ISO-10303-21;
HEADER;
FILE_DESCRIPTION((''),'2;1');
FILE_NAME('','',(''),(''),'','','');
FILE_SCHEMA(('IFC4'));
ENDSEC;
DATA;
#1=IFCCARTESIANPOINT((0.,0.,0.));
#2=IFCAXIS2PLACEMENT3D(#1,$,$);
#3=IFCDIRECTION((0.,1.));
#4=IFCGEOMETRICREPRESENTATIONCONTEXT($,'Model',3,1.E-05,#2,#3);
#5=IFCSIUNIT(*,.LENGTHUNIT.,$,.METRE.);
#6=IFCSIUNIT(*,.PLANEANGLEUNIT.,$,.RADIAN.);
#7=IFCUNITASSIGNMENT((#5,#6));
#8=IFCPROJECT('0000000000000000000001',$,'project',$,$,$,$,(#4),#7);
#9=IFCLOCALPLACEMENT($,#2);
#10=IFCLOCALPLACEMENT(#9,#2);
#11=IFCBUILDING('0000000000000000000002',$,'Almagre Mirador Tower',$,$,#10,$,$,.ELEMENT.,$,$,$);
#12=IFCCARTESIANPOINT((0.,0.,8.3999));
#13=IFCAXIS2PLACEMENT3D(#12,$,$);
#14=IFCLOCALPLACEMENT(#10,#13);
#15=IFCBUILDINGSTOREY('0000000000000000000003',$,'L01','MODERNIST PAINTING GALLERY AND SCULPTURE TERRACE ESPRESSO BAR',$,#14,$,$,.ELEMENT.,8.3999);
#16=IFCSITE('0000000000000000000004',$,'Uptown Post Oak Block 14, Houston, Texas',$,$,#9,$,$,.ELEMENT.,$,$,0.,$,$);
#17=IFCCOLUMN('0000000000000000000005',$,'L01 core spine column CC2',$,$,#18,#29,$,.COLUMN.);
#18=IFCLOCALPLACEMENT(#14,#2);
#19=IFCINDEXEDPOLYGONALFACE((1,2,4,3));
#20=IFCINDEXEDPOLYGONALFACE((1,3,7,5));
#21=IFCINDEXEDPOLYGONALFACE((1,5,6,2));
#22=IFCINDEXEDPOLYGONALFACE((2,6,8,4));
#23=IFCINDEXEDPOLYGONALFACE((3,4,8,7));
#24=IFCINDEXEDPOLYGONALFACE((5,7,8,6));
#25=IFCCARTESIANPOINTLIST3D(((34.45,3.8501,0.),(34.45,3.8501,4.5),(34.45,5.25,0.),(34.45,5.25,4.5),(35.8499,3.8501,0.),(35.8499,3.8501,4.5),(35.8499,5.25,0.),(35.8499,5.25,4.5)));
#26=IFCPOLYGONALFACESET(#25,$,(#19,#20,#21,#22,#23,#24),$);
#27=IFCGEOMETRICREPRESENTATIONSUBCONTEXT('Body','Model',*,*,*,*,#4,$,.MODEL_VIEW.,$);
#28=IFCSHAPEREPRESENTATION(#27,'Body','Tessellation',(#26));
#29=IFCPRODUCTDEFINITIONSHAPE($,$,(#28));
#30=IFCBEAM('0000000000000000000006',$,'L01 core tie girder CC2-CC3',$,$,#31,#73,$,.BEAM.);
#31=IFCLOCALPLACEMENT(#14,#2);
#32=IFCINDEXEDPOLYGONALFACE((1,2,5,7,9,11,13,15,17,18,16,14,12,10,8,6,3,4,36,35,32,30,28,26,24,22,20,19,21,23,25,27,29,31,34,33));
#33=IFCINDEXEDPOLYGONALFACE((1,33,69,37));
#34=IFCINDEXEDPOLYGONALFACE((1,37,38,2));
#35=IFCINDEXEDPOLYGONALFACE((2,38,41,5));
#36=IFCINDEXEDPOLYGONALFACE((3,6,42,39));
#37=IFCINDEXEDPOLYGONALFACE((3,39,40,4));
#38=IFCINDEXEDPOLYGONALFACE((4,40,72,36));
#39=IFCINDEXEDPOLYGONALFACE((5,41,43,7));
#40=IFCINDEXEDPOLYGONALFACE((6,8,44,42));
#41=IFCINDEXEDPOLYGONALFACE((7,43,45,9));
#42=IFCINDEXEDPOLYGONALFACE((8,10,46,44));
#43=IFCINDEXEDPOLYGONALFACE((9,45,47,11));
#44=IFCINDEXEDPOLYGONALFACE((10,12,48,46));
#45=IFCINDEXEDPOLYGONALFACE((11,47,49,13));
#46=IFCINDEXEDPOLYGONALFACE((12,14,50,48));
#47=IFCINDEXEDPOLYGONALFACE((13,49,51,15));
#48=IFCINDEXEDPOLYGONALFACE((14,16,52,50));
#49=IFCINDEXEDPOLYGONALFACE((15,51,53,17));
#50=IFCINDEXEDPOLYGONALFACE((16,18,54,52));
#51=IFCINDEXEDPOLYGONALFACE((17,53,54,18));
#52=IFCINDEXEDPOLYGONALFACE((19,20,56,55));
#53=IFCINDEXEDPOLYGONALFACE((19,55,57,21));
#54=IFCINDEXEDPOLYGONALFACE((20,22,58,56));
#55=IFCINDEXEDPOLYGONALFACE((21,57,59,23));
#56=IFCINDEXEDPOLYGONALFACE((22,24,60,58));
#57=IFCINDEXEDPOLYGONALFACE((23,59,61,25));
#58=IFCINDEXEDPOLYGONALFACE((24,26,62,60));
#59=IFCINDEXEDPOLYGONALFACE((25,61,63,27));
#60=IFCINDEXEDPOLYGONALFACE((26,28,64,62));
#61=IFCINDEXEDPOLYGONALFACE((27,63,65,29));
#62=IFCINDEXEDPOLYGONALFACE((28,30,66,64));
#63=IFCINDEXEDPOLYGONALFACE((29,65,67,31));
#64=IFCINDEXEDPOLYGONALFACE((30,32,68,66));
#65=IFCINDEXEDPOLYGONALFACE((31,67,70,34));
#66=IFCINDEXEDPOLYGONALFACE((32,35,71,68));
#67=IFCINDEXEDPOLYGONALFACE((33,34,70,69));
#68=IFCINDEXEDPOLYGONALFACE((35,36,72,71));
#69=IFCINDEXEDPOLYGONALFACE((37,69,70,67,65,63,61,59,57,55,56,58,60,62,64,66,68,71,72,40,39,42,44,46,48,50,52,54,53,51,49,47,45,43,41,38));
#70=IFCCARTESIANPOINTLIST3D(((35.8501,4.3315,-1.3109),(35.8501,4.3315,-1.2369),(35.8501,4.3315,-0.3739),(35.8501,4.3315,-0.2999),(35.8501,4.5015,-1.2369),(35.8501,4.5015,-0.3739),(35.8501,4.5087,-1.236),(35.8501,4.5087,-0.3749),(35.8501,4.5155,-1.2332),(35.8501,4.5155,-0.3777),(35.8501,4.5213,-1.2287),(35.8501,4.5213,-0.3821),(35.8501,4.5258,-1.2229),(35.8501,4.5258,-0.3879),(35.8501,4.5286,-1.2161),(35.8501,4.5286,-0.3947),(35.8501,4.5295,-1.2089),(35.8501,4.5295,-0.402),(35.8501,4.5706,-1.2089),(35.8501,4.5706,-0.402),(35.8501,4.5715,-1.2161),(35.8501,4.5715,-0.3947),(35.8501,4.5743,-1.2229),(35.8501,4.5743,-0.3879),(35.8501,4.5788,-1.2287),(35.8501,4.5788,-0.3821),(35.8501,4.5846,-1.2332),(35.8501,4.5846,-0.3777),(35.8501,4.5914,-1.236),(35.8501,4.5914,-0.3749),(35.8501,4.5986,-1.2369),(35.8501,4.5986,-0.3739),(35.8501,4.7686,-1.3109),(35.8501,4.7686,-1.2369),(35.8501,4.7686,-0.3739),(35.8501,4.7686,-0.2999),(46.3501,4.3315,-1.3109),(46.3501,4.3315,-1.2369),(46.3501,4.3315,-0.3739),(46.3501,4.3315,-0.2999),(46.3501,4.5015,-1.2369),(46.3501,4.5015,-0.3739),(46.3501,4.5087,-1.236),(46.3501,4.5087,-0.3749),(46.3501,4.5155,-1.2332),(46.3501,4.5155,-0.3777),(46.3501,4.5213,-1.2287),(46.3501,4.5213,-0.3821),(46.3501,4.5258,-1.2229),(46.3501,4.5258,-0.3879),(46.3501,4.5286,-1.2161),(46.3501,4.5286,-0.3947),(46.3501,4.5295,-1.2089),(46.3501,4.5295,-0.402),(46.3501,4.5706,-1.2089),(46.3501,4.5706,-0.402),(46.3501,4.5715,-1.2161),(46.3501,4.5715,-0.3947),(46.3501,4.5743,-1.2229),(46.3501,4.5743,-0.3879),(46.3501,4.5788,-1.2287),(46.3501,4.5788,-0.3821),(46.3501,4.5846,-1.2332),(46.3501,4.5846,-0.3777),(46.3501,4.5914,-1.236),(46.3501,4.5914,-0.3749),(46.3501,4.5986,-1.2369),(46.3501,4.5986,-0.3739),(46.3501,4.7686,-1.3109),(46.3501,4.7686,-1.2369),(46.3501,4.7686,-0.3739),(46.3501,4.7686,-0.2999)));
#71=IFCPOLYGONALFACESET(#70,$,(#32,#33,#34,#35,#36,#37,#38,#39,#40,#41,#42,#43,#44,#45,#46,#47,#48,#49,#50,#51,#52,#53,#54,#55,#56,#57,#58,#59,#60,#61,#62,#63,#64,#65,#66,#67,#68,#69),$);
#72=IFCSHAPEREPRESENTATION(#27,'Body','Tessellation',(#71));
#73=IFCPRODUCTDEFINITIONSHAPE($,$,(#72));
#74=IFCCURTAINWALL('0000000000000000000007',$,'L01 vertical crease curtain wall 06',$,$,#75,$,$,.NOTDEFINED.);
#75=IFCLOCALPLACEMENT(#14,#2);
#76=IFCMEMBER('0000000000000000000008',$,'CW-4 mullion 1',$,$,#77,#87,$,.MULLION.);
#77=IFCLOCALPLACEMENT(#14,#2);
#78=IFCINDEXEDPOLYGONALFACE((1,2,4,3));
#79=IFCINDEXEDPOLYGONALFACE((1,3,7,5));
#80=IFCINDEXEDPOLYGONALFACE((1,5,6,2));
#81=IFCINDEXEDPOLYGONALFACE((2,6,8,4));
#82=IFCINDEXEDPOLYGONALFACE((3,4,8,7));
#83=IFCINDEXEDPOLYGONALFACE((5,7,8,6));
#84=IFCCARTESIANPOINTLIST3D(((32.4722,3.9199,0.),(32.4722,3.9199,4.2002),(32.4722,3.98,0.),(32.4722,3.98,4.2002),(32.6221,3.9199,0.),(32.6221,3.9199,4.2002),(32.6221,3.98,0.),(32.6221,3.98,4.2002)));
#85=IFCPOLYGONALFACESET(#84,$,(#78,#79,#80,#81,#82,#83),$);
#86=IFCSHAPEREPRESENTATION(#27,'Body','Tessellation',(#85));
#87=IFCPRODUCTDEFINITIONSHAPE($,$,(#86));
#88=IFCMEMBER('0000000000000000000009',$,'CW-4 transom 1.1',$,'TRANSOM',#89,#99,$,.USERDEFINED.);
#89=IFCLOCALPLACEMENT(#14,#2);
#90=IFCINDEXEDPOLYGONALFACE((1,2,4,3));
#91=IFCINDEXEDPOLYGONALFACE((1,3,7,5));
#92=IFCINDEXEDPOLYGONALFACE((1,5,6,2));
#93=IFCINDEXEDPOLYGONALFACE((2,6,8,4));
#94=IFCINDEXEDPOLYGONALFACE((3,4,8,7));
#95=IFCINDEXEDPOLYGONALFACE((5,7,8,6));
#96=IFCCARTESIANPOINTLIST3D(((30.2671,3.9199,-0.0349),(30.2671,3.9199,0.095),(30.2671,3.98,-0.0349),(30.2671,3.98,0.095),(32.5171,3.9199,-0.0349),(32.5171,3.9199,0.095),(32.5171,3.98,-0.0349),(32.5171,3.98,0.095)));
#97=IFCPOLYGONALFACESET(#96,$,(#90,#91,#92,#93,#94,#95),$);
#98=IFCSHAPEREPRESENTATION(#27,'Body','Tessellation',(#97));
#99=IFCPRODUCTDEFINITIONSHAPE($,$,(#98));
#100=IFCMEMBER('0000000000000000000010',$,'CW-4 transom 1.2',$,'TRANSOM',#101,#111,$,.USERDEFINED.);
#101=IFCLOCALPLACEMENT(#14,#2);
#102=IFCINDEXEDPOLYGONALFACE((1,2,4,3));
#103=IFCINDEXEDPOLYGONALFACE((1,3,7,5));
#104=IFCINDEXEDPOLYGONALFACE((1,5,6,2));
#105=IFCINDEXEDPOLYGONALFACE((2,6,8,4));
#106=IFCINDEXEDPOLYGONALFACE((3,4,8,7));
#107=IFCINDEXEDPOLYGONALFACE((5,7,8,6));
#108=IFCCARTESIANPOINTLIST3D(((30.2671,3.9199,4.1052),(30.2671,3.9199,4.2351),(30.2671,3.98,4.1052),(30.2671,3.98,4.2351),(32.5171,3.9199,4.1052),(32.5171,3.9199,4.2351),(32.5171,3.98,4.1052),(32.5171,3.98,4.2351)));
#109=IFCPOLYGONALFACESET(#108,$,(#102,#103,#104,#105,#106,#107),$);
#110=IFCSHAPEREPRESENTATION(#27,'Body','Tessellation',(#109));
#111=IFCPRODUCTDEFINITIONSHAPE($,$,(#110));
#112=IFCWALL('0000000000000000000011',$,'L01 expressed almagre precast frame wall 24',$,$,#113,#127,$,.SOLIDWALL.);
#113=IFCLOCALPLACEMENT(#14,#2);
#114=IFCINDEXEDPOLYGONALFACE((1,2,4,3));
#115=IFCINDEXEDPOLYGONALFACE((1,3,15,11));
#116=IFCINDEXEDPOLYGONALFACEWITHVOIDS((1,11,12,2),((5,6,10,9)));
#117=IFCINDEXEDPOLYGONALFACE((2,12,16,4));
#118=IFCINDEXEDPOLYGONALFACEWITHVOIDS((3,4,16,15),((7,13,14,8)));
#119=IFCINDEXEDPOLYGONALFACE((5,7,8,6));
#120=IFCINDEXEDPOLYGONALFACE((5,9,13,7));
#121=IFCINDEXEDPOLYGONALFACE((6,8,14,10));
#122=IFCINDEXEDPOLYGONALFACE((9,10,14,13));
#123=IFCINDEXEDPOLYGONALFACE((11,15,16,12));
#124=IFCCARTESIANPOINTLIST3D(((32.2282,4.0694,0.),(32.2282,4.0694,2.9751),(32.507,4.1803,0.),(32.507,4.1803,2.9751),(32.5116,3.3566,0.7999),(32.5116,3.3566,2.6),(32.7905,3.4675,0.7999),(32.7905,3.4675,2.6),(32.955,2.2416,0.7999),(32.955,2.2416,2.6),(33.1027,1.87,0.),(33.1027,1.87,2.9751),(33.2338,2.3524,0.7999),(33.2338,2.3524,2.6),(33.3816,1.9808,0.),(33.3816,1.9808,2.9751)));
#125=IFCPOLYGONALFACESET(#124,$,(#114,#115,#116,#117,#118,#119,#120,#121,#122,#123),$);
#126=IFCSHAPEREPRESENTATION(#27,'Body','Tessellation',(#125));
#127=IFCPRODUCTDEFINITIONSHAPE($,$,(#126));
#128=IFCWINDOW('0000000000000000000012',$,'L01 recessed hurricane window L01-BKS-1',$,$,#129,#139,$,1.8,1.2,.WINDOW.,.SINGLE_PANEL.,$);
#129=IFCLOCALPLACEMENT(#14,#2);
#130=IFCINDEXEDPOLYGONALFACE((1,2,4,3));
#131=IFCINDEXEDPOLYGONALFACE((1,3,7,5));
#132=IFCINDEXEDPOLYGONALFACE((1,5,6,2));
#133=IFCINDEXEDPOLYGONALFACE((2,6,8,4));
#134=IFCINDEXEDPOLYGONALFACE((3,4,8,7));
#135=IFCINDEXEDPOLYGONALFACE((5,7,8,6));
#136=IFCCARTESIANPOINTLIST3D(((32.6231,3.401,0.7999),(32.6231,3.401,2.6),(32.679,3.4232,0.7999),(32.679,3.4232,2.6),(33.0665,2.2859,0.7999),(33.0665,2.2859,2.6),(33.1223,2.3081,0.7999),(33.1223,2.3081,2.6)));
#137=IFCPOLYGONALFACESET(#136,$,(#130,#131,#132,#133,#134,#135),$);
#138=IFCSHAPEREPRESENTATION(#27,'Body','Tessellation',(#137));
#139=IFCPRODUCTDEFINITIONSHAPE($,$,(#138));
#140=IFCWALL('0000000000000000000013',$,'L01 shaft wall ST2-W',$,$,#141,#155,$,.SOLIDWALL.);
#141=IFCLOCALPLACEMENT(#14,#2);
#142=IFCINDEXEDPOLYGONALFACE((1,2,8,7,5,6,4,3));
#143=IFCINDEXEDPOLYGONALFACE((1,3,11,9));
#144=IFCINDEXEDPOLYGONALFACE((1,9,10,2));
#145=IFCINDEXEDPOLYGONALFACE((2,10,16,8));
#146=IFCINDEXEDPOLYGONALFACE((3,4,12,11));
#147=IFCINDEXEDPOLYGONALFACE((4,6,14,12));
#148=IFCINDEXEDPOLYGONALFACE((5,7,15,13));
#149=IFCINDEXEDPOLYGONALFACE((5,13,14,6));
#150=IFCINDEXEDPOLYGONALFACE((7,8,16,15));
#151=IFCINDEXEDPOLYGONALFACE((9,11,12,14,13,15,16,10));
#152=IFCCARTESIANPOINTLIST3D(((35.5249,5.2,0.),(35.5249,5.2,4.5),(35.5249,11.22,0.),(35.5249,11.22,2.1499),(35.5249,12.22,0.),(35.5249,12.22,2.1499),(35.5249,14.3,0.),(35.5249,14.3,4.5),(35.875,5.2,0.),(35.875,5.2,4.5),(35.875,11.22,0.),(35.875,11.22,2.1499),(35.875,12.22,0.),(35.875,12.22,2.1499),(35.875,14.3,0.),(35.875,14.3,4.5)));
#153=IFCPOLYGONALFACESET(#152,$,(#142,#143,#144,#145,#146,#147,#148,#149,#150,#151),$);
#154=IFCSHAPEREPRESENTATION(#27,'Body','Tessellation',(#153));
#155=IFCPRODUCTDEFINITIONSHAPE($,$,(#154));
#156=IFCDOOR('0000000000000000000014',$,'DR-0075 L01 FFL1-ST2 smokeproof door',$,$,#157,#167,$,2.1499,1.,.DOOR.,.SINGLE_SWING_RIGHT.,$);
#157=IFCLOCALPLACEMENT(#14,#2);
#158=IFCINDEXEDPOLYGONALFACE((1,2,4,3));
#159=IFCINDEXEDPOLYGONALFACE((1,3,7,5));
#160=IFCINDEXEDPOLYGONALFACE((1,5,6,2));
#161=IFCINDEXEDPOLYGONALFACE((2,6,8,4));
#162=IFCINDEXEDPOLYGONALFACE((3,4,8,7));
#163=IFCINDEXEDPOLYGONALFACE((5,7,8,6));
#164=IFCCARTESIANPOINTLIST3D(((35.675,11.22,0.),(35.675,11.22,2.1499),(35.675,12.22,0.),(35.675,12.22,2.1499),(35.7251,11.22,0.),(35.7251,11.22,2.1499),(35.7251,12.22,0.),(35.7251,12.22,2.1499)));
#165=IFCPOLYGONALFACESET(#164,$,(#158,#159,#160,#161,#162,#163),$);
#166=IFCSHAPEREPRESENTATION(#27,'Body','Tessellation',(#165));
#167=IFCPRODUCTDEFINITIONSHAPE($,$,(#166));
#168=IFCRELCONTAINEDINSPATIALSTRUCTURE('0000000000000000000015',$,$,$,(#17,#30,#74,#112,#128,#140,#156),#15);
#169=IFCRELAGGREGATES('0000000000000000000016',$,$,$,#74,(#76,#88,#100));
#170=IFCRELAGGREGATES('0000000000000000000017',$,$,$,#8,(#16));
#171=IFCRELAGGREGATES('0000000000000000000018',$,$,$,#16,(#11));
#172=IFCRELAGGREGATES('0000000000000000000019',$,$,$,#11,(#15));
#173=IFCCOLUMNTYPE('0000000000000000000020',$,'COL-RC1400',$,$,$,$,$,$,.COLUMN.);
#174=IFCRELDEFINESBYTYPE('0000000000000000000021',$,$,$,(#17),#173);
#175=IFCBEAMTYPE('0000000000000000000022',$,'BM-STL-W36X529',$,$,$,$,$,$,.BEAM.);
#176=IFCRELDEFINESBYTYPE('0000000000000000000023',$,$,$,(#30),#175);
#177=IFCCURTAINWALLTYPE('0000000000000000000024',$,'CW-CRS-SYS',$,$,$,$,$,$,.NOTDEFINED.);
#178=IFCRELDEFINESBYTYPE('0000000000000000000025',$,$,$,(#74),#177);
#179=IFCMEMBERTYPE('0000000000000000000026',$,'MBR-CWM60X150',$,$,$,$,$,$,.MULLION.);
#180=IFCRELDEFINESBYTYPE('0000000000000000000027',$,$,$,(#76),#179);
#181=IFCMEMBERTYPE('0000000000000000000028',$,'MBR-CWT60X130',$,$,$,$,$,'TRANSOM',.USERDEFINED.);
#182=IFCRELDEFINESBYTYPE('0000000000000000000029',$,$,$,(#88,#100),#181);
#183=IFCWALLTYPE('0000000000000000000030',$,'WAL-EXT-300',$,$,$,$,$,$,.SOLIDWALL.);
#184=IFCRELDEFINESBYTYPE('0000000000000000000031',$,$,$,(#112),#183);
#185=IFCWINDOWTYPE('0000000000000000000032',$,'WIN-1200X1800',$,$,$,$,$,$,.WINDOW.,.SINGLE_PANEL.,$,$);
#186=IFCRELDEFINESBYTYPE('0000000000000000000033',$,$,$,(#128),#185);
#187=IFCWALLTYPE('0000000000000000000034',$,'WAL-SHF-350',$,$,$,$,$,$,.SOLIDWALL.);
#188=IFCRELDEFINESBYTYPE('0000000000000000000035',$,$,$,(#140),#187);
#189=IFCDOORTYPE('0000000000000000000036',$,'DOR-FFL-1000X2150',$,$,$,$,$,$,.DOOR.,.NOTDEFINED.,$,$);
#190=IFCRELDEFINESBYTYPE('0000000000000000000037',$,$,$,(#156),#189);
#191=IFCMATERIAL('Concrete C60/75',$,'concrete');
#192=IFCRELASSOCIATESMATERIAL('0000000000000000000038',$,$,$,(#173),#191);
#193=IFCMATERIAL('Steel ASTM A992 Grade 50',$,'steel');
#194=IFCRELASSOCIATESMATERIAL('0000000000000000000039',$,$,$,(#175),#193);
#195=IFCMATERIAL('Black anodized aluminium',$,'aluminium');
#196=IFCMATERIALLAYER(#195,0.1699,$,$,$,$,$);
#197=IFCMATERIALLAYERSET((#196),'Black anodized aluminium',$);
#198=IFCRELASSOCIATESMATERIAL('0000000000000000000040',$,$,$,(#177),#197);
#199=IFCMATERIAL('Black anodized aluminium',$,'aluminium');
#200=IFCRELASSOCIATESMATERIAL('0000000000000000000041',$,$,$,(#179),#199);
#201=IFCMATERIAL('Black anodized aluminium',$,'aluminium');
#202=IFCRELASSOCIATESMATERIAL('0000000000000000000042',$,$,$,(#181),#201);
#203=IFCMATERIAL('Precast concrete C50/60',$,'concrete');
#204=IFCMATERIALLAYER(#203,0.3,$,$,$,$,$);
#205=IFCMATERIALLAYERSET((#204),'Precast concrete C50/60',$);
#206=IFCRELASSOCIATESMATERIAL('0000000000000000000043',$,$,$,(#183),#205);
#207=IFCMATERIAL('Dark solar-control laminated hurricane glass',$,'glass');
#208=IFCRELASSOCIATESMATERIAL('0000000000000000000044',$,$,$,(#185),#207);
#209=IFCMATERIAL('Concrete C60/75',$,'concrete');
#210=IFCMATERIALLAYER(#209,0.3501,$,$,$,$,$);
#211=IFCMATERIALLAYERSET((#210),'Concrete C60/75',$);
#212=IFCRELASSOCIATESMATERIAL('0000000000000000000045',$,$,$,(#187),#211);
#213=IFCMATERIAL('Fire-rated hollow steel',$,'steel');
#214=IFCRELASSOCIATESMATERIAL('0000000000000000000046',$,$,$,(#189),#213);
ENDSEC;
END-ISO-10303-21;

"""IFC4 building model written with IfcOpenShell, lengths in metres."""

from ifc_helpers import new_model, si_unit, direction, frame, frame_2d, origin, origin_2d, place, context, subcontext, project, spatial, rectangle, i_section, extrude, material, layer, layer_set, material_profile, profile_set, type_object, element, fill, aggregate, save


model = new_model("IFC4")

# Units and contexts
model_context = context("Model", 3, precision=1e-05, world=origin(), true_north=direction((0.0, 1.0)))
body_context = subcontext(model_context, "Body", "Model", "MODEL_VIEW")
ifc_project = project(units=[si_unit("LENGTHUNIT", "METRE"), si_unit("PLANEANGLEUNIT", "RADIAN")], contexts=[model_context])

# Site, building, storey
site_placement = place(None, origin())
site = spatial("IfcSite", under=ifc_project, at=site_placement, Name="Uptown Post Oak Block 14, Houston, Texas", CompositionType="ELEMENT", RefElevation=0.0)
building_placement = place(site_placement, origin())
building = spatial("IfcBuilding", under=site, at=building_placement, Name="Almagre Mirador Tower", CompositionType="ELEMENT")
storey_placement = place(building_placement, frame((0.0, 0.0, 8.3999)))
storey = spatial("IfcBuildingStorey", under=building, at=storey_placement, Name="L01", Description="MODERNIST PAINTING GALLERY AND SCULPTURE TERRACE ESPRESSO BAR", CompositionType="ELEMENT", Elevation=8.3999)

# Column
ifc_material_1 = material(Name="Concrete C60/75", Category="concrete")
ifc_material_profile_1 = material_profile(ifc_material_1, rectangle(XDim=1.3999, YDim=1.3999, at=origin_2d()), Name="RC1400X1400")
ifc_profile_set_1 = profile_set([ifc_material_profile_1], Name="Concrete C60/75")
column_type = type_object("IfcColumnType", Name="COL-RC1400", PredefinedType="COLUMN", material=ifc_profile_set_1)
column_placement = place(storey_placement, frame((35.1499, 4.55, 0.0), z_axis=(0.0, 0.0, 1.0), x_axis=(1.0, 0.0, 0.0)))
element("IfcColumn", 1, at=column_placement, inside=storey, type_object=column_type, Name="L01 core spine column CC2", PredefinedType="COLUMN", context=body_context, shape_type="SweptSolid", body=[
    extrude(rectangle(XDim=1.3999, YDim=1.3999, at=origin_2d()), origin(), (0.0, 0.0, 1.0), 4.5),
])

# Beam
ifc_material_2 = material(Name="Steel ASTM A992 Grade 50", Category="steel")
ifc_material_profile_2 = material_profile(ifc_material_2, i_section(OverallWidth=0.437, OverallDepth=1.011, WebThickness=0.041, FlangeThickness=0.074, FilletRadius=0.0281, at=origin_2d()), Name="W36X529")
ifc_profile_set_2 = profile_set([ifc_material_profile_2], Name="Steel ASTM A992 Grade 50")
beam_type = type_object("IfcBeamType", Name="BM-STL-W36X529", PredefinedType="BEAM", material=ifc_profile_set_2)
beam_placement = place(storey_placement, frame((35.8501, 4.55, -0.8054), z_axis=(1.0, 0.0, 0.0), x_axis=(0.0, 1.0, 0.0)))
element("IfcBeam", 2, at=beam_placement, inside=storey, type_object=beam_type, Name="L01 core tie girder CC2-CC3", PredefinedType="BEAM", context=body_context, shape_type="SweptSolid", body=[
    extrude(i_section(OverallWidth=0.437, OverallDepth=1.011, WebThickness=0.041, FlangeThickness=0.074, FilletRadius=0.0281, at=origin_2d()), origin(), (0.0, 0.0, 1.0), 10.5),
])

# Curtain wall, members
ifc_material_3 = material(Name="Black anodized aluminium", Category="aluminium")
ifc_layer_1 = layer(ifc_material_3, 0.1699)
ifc_layer_set_1 = layer_set([ifc_layer_1], Name="Black anodized aluminium")
curtain_wall_type = type_object("IfcCurtainWallType", Name="CW-CRS-SYS", PredefinedType="NOTDEFINED", material=ifc_layer_set_1)
curtain_wall_placement = place(storey_placement, origin())
curtain_wall = element("IfcCurtainWall", 3, at=curtain_wall_placement, inside=storey, type_object=curtain_wall_type, Name="L01 vertical crease curtain wall 06", PredefinedType="NOTDEFINED")
ifc_material_4 = material(Name="Black anodized aluminium", Category="aluminium")
ifc_material_profile_3 = material_profile(ifc_material_4, rectangle(XDim=0.0601, YDim=0.1499, at=origin_2d()), Name="CWM60X150")
ifc_profile_set_3 = profile_set([ifc_material_profile_3], Name="Black anodized aluminium")
member_type_1 = type_object("IfcMemberType", Name="MBR-CWM60X150", PredefinedType="MULLION", material=ifc_profile_set_3)
member_1_placement = place(storey_placement, frame((32.5471, 3.95, 0.0), z_axis=(0.0, 0.0, 1.0), x_axis=(0.0, -1.0, 0.0)))
member_1 = element("IfcMember", 4, at=member_1_placement, type_object=member_type_1, Name="CW-4 mullion 1", PredefinedType="MULLION", context=body_context, shape_type="SweptSolid", body=[
    extrude(rectangle(XDim=0.0601, YDim=0.1499, at=origin_2d()), origin(), (0.0, 0.0, 1.0), 4.2002),
])
ifc_material_5 = material(Name="Black anodized aluminium", Category="aluminium")
ifc_material_profile_4 = material_profile(ifc_material_5, rectangle(XDim=0.0601, YDim=0.1299, at=origin_2d()), Name="CWT60X130")
ifc_profile_set_4 = profile_set([ifc_material_profile_4], Name="Black anodized aluminium")
member_type_2 = type_object("IfcMemberType", Name="MBR-CWT60X130", ElementType="TRANSOM", PredefinedType="USERDEFINED", material=ifc_profile_set_4)
member_2_placement = place(storey_placement, frame((32.5171, 3.95, 0.03), z_axis=(-1.0, 0.0, 0.0), x_axis=(0.0, -1.0, 0.0)))
member_2 = element("IfcMember", 5, at=member_2_placement, type_object=member_type_2, Name="CW-4 transom 1.1", ObjectType="TRANSOM", PredefinedType="USERDEFINED", context=body_context, shape_type="SweptSolid", body=[
    extrude(rectangle(XDim=0.0601, YDim=0.1299, at=origin_2d()), origin(), (0.0, 0.0, 1.0), 2.25),
])
member_3_placement = place(storey_placement, frame((32.5171, 3.95, 4.1702), z_axis=(-1.0, 0.0, 0.0), x_axis=(0.0, -1.0, 0.0)))
member_3 = element("IfcMember", 6, at=member_3_placement, type_object=member_type_2, Name="CW-4 transom 1.2", ObjectType="TRANSOM", PredefinedType="USERDEFINED", context=body_context, shape_type="SweptSolid", body=[
    extrude(rectangle(XDim=0.0601, YDim=0.1299, at=origin_2d()), origin(), (0.0, 0.0, 1.0), 2.25),
])
aggregate(curtain_wall, [member_1, member_2, member_3])

# Wall, opening, window
ifc_material_6 = material(Name="Precast concrete C50/60", Category="concrete")
ifc_layer_2 = layer(ifc_material_6, 0.3)
ifc_layer_set_2 = layer_set([ifc_layer_2], Name="Precast concrete C50/60")
wall_type_1 = type_object("IfcWallType", Name="WAL-EXT-300", PredefinedType="SOLIDWALL", material=ifc_layer_set_2)
wall_1_placement = place(storey_placement, frame((33.2422, 1.9253, 0.0), z_axis=(0.0, 0.0, 1.0), x_axis=(-0.369469, 0.929243, 0.0)))
wall_1 = element("IfcWall", 7, at=wall_1_placement, inside=storey, type_object=wall_type_1, Name="L01 expressed almagre precast frame wall 24", PredefinedType="SOLIDWALL", context=body_context, shape_type="SweptSolid", body=[
    extrude(rectangle(XDim=2.3669, YDim=0.3, at=frame_2d((1.1836, 0.0))), origin(), (0.0, 0.0, 1.0), 2.9751),
])
opening_1_placement = place(wall_1_placement, frame((0.3999, 0.0, 0.8)))
opening_1 = element("IfcOpeningElement", 8, at=opening_1_placement, cuts=wall_1, PredefinedType="OPENING", context=body_context, shape_type="SweptSolid", body=[
    extrude(rectangle(XDim=1.2, YDim=1.8, at=frame_2d((0.6001, 0.8999))), frame((0.0, 0.1599, 0.0), z_axis=(0.0, -1.0, 0.0), x_axis=(1.0, 0.0, 0.0)), (0.0, 0.0, 1.0), 0.32),
])
ifc_material_7 = material(Name="Dark solar-control laminated hurricane glass", Category="glass")
window_type = type_object("IfcWindowType", Name="WIN-1200X1800", PartitioningType="SINGLE_PANEL", PredefinedType="WINDOW", material=ifc_material_7)
window_placement = place(opening_1_placement, origin())
window = element("IfcWindow", 9, at=window_placement, inside=storey, type_object=window_type, Name="L01 recessed hurricane window L01-BKS-1", OverallHeight=1.8, OverallWidth=1.2, PartitioningType="SINGLE_PANEL", PredefinedType="WINDOW", context=body_context, shape_type="SweptSolid", body=[
    extrude(rectangle(XDim=1.2, YDim=1.8, at=frame_2d((0.6001, 0.8999))), frame((0.0, 0.03, 0.0), z_axis=(0.0, -1.0, 0.0), x_axis=(1.0, 0.0, 0.0)), (0.0, 0.0, 1.0), 0.0601),
])
fill(opening_1, window)

# Wall, opening, door
ifc_material_8 = material(Name="Concrete C60/75", Category="concrete")
ifc_layer_3 = layer(ifc_material_8, 0.3501)
ifc_layer_set_3 = layer_set([ifc_layer_3], Name="Concrete C60/75")
wall_type_2 = type_object("IfcWallType", Name="WAL-SHF-350", PredefinedType="SOLIDWALL", material=ifc_layer_set_3)
wall_2_placement = place(storey_placement, frame((35.7, 5.2, 0.0), z_axis=(0.0, 0.0, 1.0), x_axis=(0.0, 1.0, 0.0)))
wall_2 = element("IfcWall", 10, at=wall_2_placement, inside=storey, type_object=wall_type_2, Name="L01 shaft wall ST2-W", PredefinedType="SOLIDWALL", context=body_context, shape_type="SweptSolid", body=[
    extrude(rectangle(XDim=9.1001, YDim=0.3501, at=frame_2d((4.55, 0.0))), origin(), (0.0, 0.0, 1.0), 4.5),
])
opening_2_placement = place(wall_2_placement, frame((6.02, 0.0, 0.0)))
opening_2 = element("IfcOpeningElement", 11, at=opening_2_placement, cuts=wall_2, PredefinedType="OPENING", context=body_context, shape_type="SweptSolid", body=[
    extrude(rectangle(XDim=1.0, YDim=2.1499, at=frame_2d((0.5, 1.075))), frame((0.0, 0.185, 0.0), z_axis=(0.0, -1.0, 0.0), x_axis=(1.0, 0.0, 0.0)), (0.0, 0.0, 1.0), 0.3701),
])
ifc_material_9 = material(Name="Fire-rated hollow steel", Category="steel")
door_type = type_object("IfcDoorType", Name="DOR-FFL-1000X2150", OperationType="NOTDEFINED", PredefinedType="DOOR", material=ifc_material_9)
door_placement = place(opening_2_placement, origin())
door = element("IfcDoor", 12, at=door_placement, inside=storey, type_object=door_type, Name="DR-0075 L01 FFL1-ST2 smokeproof door", OperationType="SINGLE_SWING_RIGHT", OverallHeight=2.1499, OverallWidth=1.0, PredefinedType="DOOR", context=body_context, shape_type="SweptSolid", body=[
    extrude(rectangle(XDim=1.0, YDim=2.1499, at=frame_2d((0.5, 1.075))), frame((0.0, 0.0249, 0.0), z_axis=(0.0, -1.0, 0.0), x_axis=(1.0, 0.0, 0.0)), (0.0, 0.0, 1.0), 0.05),
])
fill(opening_2, door)

save(model, "model.ifc")
